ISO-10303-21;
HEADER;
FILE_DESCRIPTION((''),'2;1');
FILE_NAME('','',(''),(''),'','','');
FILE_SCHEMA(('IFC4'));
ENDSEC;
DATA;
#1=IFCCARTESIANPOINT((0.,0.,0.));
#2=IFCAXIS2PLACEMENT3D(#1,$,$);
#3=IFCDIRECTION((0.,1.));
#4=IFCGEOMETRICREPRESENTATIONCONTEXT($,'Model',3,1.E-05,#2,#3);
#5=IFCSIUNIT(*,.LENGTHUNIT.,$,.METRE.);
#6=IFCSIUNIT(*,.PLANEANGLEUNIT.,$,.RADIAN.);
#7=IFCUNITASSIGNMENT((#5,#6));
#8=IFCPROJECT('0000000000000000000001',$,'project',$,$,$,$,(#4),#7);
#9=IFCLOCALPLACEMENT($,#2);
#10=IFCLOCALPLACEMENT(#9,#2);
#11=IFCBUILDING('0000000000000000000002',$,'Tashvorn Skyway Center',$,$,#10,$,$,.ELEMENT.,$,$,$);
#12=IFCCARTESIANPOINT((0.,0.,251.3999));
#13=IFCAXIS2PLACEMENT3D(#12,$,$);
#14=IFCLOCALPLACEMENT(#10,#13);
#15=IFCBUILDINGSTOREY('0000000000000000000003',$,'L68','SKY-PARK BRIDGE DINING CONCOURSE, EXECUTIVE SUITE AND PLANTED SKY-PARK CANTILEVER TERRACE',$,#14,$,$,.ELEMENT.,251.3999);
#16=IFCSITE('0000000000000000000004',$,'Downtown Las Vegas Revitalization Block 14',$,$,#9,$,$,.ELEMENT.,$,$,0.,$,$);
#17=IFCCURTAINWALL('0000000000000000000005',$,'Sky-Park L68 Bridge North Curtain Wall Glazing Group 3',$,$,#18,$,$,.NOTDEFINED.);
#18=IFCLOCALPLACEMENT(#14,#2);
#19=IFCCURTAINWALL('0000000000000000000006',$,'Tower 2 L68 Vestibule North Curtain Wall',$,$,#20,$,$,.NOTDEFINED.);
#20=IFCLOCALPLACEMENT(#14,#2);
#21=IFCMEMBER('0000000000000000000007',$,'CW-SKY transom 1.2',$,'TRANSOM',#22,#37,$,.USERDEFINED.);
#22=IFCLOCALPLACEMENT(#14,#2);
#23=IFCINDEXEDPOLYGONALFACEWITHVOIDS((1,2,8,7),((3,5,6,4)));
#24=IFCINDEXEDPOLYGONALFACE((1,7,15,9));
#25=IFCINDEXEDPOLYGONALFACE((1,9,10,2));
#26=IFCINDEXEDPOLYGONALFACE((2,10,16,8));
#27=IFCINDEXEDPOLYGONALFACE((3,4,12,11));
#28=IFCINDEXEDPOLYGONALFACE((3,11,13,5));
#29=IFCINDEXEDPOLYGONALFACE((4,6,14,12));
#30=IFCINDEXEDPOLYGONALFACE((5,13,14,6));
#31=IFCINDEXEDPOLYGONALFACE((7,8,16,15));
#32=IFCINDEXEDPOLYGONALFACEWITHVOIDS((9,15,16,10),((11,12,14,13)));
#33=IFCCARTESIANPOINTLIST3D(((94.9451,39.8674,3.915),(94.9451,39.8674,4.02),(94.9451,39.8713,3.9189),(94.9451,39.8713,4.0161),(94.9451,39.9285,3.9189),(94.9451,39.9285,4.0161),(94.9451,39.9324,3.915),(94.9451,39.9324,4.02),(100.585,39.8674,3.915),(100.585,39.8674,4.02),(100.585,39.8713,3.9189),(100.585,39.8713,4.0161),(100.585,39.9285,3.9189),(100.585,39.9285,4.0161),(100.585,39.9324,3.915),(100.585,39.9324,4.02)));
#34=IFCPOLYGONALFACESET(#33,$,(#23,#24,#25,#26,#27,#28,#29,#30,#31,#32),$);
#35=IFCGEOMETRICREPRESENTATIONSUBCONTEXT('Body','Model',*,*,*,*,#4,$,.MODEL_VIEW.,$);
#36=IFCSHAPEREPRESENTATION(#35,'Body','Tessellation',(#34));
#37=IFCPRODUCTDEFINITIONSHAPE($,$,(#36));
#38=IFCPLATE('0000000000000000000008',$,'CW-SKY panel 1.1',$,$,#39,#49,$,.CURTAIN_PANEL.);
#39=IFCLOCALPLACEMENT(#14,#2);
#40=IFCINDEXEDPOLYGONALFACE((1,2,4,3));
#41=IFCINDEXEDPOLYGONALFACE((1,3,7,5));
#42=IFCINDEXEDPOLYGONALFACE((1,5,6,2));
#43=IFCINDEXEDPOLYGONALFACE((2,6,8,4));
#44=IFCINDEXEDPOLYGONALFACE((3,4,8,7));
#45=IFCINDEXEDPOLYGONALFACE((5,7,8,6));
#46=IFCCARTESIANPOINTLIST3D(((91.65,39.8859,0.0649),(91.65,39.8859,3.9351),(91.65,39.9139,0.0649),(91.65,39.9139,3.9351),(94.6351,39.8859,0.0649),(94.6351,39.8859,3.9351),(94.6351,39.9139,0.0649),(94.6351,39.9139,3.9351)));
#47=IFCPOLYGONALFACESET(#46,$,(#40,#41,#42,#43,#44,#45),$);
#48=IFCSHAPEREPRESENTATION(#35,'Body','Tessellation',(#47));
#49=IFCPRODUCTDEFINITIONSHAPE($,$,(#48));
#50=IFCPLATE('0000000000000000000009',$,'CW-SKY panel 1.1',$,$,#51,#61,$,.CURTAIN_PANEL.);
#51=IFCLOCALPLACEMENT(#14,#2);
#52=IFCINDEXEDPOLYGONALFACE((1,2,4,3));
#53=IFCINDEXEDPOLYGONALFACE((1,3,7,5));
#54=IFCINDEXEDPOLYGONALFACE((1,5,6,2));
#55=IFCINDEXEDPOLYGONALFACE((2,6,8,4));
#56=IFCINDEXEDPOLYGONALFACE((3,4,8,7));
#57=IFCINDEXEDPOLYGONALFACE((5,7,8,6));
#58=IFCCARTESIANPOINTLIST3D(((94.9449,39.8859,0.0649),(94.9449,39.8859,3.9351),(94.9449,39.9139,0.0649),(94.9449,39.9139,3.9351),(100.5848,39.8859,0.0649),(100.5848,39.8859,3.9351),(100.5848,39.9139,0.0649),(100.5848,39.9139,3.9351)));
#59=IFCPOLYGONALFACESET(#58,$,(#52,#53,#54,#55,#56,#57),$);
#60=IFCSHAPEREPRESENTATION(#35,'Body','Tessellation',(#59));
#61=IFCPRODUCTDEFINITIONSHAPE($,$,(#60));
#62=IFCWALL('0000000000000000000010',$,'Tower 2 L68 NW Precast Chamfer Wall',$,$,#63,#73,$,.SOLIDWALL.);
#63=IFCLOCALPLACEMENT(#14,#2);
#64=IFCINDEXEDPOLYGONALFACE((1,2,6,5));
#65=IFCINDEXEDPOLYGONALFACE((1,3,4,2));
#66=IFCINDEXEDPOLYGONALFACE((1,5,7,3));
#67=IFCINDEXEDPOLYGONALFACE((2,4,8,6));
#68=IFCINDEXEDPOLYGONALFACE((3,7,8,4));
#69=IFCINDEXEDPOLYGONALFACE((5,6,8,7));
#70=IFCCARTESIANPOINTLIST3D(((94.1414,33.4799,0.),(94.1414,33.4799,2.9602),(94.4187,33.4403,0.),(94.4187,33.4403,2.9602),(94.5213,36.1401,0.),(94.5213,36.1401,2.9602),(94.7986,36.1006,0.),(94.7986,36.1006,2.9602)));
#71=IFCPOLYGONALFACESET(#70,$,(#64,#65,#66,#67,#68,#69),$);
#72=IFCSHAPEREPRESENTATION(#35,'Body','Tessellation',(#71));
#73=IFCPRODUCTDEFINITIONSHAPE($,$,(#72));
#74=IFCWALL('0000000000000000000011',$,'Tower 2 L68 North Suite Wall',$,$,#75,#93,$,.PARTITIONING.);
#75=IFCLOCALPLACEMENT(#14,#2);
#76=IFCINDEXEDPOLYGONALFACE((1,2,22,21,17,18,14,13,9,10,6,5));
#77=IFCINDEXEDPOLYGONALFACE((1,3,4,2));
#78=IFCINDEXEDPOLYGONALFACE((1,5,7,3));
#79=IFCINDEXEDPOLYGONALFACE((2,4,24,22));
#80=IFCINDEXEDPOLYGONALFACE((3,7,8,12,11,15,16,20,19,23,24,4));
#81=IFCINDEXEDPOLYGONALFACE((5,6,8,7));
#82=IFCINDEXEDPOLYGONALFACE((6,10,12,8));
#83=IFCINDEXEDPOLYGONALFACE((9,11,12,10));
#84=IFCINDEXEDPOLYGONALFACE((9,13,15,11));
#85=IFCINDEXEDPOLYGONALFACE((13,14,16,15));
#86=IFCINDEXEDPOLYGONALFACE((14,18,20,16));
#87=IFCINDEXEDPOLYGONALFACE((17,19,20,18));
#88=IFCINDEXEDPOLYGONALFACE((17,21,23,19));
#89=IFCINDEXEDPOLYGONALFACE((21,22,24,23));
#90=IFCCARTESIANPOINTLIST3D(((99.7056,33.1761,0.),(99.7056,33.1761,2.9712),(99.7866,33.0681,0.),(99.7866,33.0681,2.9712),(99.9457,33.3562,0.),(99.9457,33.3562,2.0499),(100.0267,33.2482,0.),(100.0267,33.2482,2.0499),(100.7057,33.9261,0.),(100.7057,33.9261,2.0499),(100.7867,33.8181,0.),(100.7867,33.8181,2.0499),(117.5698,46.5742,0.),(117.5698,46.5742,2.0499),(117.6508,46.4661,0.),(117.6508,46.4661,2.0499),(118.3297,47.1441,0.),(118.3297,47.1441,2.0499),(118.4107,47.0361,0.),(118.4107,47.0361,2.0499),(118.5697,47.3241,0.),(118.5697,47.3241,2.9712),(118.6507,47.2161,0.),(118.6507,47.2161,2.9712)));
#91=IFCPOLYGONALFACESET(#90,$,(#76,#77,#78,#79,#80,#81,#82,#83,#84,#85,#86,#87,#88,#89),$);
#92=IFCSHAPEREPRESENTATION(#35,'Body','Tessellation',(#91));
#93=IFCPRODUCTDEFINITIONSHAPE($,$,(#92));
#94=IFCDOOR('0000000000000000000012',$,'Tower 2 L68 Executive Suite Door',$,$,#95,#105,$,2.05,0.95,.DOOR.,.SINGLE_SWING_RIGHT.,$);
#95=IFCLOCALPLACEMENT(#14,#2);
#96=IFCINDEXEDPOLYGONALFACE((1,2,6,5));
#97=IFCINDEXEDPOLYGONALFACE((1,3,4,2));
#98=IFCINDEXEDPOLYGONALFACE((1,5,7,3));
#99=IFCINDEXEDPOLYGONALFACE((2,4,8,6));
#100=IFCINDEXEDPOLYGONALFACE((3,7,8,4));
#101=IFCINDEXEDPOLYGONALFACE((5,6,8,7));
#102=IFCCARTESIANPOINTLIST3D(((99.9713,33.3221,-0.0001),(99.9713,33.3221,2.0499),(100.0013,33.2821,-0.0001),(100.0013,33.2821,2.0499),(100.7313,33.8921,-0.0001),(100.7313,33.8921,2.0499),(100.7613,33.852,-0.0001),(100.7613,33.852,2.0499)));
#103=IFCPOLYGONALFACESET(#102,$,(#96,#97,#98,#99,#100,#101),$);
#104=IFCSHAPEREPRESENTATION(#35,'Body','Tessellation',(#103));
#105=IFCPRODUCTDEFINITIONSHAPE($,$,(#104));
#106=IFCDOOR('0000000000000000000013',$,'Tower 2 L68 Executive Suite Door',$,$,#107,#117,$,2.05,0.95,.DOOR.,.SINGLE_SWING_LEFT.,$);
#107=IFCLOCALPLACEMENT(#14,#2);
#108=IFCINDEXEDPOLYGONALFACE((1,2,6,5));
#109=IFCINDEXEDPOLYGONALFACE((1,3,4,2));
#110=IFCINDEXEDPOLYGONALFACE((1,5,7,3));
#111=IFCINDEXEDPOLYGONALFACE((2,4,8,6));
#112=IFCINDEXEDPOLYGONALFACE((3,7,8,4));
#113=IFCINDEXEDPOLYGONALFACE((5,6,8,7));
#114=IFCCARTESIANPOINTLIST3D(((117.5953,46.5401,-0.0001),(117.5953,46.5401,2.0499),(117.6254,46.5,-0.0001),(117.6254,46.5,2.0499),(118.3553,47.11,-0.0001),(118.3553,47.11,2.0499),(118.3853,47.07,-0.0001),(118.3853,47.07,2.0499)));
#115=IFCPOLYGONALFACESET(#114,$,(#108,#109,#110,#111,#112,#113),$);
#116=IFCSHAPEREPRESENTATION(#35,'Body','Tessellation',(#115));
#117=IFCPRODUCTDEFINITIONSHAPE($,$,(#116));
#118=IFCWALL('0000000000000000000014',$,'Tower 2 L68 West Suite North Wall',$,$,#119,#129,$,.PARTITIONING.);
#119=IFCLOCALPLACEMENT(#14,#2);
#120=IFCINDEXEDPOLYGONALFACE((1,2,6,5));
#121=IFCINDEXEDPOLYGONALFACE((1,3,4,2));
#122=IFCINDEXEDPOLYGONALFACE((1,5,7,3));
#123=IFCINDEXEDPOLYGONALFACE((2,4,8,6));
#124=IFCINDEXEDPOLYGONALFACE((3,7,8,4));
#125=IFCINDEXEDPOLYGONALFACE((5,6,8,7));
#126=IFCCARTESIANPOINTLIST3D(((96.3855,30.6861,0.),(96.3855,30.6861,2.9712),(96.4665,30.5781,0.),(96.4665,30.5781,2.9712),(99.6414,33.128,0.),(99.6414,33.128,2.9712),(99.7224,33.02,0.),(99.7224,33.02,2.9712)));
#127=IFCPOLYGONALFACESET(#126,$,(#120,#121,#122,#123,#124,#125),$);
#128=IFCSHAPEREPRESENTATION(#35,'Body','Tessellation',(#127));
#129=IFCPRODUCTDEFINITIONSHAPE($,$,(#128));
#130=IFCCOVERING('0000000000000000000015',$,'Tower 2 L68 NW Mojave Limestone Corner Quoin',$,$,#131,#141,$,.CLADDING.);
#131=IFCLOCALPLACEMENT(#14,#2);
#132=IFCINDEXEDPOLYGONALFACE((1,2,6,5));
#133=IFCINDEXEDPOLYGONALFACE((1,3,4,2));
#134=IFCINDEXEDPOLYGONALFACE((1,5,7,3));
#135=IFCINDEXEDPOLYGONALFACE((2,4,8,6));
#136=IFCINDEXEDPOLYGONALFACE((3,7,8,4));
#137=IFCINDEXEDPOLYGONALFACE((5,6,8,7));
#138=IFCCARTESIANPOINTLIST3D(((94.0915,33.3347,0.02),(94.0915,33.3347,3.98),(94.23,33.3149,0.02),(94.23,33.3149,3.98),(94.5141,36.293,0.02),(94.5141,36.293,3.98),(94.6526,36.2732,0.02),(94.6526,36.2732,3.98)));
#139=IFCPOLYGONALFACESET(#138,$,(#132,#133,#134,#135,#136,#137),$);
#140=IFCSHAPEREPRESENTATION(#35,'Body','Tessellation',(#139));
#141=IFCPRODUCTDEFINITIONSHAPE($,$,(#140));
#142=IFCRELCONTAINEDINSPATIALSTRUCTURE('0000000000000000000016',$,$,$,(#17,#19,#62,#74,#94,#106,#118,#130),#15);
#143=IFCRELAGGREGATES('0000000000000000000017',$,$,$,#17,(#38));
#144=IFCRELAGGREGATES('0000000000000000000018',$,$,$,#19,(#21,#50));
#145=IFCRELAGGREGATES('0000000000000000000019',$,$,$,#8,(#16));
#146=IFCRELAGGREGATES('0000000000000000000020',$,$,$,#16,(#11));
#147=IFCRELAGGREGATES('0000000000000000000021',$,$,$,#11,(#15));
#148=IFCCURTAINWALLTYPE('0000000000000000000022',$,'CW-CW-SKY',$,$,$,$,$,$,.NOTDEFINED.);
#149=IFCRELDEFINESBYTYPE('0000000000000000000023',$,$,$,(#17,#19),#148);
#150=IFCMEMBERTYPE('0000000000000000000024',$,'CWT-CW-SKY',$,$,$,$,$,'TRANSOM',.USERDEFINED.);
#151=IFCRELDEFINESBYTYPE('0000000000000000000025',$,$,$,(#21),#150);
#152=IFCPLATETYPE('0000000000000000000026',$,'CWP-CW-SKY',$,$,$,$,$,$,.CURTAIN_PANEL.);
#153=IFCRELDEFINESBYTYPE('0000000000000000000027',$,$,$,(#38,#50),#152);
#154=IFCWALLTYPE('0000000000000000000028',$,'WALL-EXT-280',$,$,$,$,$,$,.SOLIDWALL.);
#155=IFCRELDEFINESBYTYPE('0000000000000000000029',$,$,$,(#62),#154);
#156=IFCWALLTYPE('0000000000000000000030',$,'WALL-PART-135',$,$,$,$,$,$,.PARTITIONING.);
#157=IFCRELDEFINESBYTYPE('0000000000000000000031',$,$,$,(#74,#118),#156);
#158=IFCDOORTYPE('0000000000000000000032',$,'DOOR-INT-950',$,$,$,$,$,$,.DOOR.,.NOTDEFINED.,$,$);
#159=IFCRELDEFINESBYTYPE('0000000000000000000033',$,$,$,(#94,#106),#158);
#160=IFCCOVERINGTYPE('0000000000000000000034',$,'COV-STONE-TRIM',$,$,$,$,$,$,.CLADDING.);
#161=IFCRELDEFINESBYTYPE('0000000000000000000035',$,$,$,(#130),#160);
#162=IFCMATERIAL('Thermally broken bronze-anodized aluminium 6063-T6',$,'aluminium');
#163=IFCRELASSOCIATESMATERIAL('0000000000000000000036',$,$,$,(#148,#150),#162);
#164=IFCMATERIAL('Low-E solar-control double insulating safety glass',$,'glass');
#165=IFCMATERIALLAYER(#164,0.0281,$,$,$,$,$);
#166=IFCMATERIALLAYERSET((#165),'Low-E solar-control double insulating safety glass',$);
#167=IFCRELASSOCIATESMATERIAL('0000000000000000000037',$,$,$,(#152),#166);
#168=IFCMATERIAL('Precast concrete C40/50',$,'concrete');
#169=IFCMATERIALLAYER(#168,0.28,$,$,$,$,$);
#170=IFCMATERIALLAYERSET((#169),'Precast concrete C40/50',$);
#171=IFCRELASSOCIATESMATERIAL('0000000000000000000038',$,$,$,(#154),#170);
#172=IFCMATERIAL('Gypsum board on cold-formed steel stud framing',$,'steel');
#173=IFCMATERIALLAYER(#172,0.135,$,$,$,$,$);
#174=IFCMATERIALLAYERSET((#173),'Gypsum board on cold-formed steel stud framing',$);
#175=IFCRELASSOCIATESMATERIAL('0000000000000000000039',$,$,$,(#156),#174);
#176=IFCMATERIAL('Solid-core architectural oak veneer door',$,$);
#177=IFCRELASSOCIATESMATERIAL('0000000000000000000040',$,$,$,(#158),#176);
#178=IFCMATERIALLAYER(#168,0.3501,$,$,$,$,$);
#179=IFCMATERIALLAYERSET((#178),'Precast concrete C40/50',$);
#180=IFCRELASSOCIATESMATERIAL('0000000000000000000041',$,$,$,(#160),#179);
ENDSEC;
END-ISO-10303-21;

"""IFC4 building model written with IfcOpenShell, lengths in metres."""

from ifc_helpers import new_model, si_unit, direction, frame, frame_2d, origin, origin_2d, place, context, subcontext, project, spatial, rectangle, hollow_rectangle, extrude, material, layer, layer_set, material_profile, profile_set, type_object, element, fill, aggregate, save


model = new_model("IFC4")

# Units and contexts
model_context = context("Model", 3, precision=1e-05, world=origin(), true_north=direction((0.0, 1.0)))
body_context = subcontext(model_context, "Body", "Model", "MODEL_VIEW")
ifc_project = project(units=[si_unit("LENGTHUNIT", "METRE"), si_unit("PLANEANGLEUNIT", "RADIAN")], contexts=[model_context])

# Site, building, storey
site_placement = place(None, origin())
site = spatial("IfcSite", under=ifc_project, at=site_placement, Name="Downtown Las Vegas Revitalization Block 14", CompositionType="ELEMENT", RefElevation=0.0)
building_placement = place(site_placement, origin())
building = spatial("IfcBuilding", under=site, at=building_placement, Name="Tashvorn Skyway Center", CompositionType="ELEMENT")
storey_placement = place(building_placement, frame((0.0, 0.0, 251.3999)))
storey = spatial("IfcBuildingStorey", under=building, at=storey_placement, Name="L68", Description="SKY-PARK BRIDGE DINING CONCOURSE, EXECUTIVE SUITE AND PLANTED SKY-PARK CANTILEVER TERRACE", CompositionType="ELEMENT", Elevation=251.3999)

# Curtain walls
ifc_material_1 = material(Name="Thermally broken bronze-anodized aluminium 6063-T6", Category="aluminium")
curtain_wall_type = type_object("IfcCurtainWallType", Name="CW-CW-SKY", PredefinedType="NOTDEFINED", material=ifc_material_1)
curtain_wall_1_placement = place(storey_placement, origin())
curtain_wall_1 = element("IfcCurtainWall", 1, at=curtain_wall_1_placement, inside=storey, type_object=curtain_wall_type, Name="Sky-Park L68 Bridge North Curtain Wall Glazing Group 3", PredefinedType="NOTDEFINED")
curtain_wall_2_placement = place(storey_placement, origin())
curtain_wall_2 = element("IfcCurtainWall", 2, at=curtain_wall_2_placement, inside=storey, type_object=curtain_wall_type, Name="Tower 2 L68 Vestibule North Curtain Wall", PredefinedType="NOTDEFINED")

# Member
ifc_material_profile_1 = material_profile(ifc_material_1, hollow_rectangle(XDim=0.0649, YDim=0.105, WallThickness=0.0039, at=origin_2d()), Name="ALU-TRAN-65x105")
ifc_profile_set_1 = profile_set([ifc_material_profile_1], Name="Thermally broken bronze-anodized aluminium 6063-T6")
member_type_1 = type_object("IfcMemberType", Name="CWT-CW-SKY", ElementType="TRANSOM", PredefinedType="USERDEFINED", material=ifc_profile_set_1)
member_1_placement = place(storey_placement, frame((94.9451, 39.8999, 3.9675), z_axis=(1.0, 0.0, 0.0), x_axis=(0.0, 1.0, 0.0)))
member_1 = element("IfcMember", 3, at=member_1_placement, type_object=member_type_1, Name="CW-SKY transom 1.2", ObjectType="TRANSOM", PredefinedType="USERDEFINED", context=body_context, shape_type="SweptSolid", body=[
    extrude(hollow_rectangle(XDim=0.0649, YDim=0.105, WallThickness=0.0039, at=origin_2d()), origin(), (0.0, 0.0, 1.0), 5.6399),
])

# Plates
ifc_material_2 = material(Name="Low-E solar-control double insulating safety glass", Category="glass")
ifc_layer_1 = layer(ifc_material_2, 0.0281)
ifc_layer_set_1 = layer_set([ifc_layer_1], Name="Low-E solar-control double insulating safety glass")
plate_type = type_object("IfcPlateType", Name="CWP-CW-SKY", PredefinedType="CURTAIN_PANEL", material=ifc_layer_set_1)
plate_1_placement = place(storey_placement, frame((93.1426, 39.8999, 0.0649), z_axis=(0.0, 0.0, 1.0), x_axis=(1.0, 0.0, 0.0)))
plate_1 = element("IfcPlate", 4, at=plate_1_placement, type_object=plate_type, Name="CW-SKY panel 1.1", PredefinedType="CURTAIN_PANEL", context=body_context, shape_type="SweptSolid", body=[
    extrude(rectangle(XDim=2.9851, YDim=0.0281, at=origin_2d()), origin(), (0.0, 0.0, 1.0), 3.8701),
])
aggregate(curtain_wall_1, [plate_1])
plate_2_placement = place(storey_placement, frame((97.7649, 39.8999, 0.0649), z_axis=(0.0, 0.0, 1.0), x_axis=(1.0, 0.0, 0.0)))
plate_2 = element("IfcPlate", 5, at=plate_2_placement, type_object=plate_type, Name="CW-SKY panel 1.1", PredefinedType="CURTAIN_PANEL", context=body_context, shape_type="SweptSolid", body=[
    extrude(rectangle(XDim=5.6399, YDim=0.0281, at=origin_2d()), origin(), (0.0, 0.0, 1.0), 3.8701),
])
aggregate(curtain_wall_2, [member_1, plate_2])

# Wall
ifc_material_3 = material(Name="Precast concrete C40/50", Category="concrete")
ifc_layer_2 = layer(ifc_material_3, 0.28)
ifc_layer_set_2 = layer_set([ifc_layer_2], Name="Precast concrete C40/50")
wall_type_1 = type_object("IfcWallType", Name="WALL-EXT-280", PredefinedType="SOLIDWALL", material=ifc_layer_set_2)
wall_1_placement = place(storey_placement, frame((94.28, 33.46, 0.0), z_axis=(0.0, 0.0, 1.0), x_axis=(0.14137, 0.989957, 0.0)))
element("IfcWall", 6, at=wall_1_placement, inside=storey, type_object=wall_type_1, Name="Tower 2 L68 NW Precast Chamfer Wall", PredefinedType="SOLIDWALL", context=body_context, shape_type="SweptSolid", body=[
    extrude(rectangle(XDim=2.6873, YDim=0.28, at=frame_2d((1.3438, 0.0))), origin(), (0.0, 0.0, 1.0), 2.9602),
])

# Wall, openings, doors
ifc_material_4 = material(Name="Gypsum board on cold-formed steel stud framing", Category="steel")
ifc_layer_3 = layer(ifc_material_4, 0.135)
ifc_layer_set_3 = layer_set([ifc_layer_3], Name="Gypsum board on cold-formed steel stud framing")
wall_type_2 = type_object("IfcWallType", Name="WALL-PART-135", PredefinedType="PARTITIONING", material=ifc_layer_set_3)
wall_2_placement = place(storey_placement, frame((99.7461, 33.1221, 0.0), z_axis=(0.0, 0.0, 1.0), x_axis=(0.800001, 0.599998, 0.0)))
wall_2 = element("IfcWall", 7, at=wall_2_placement, inside=storey, type_object=wall_type_2, Name="Tower 2 L68 North Suite Wall", PredefinedType="PARTITIONING", context=body_context, shape_type="SweptSolid", body=[
    extrude(rectangle(XDim=23.5801, YDim=0.135, at=frame_2d((11.79, 0.0))), origin(), (0.0, 0.0, 1.0), 2.9712),
])
opening_1_placement = place(wall_2_placement, frame((0.3, 0.0, 0.0)))
opening_1 = element("IfcOpeningElement", 8, at=opening_1_placement, cuts=wall_2, PredefinedType="OPENING", context=body_context, shape_type="SweptSolid", body=[
    extrude(rectangle(XDim=0.95, YDim=2.05, at=frame_2d((0.4751, 1.0249))), frame((0.0, 0.0774, 0.0), z_axis=(0.0, -1.0, 0.0), x_axis=(1.0, 0.0, 0.0)), (0.0, 0.0, 1.0), 0.155),
])
opening_2_placement = place(wall_2_placement, frame((22.3301, 0.0, 0.0)))
opening_2 = element("IfcOpeningElement", 9, at=opening_2_placement, cuts=wall_2, PredefinedType="OPENING", context=body_context, shape_type="SweptSolid", body=[
    extrude(rectangle(XDim=0.95, YDim=2.05, at=frame_2d((0.4751, 1.0249))), frame((0.0, 0.0774, 0.0), z_axis=(0.0, -1.0, 0.0), x_axis=(1.0, 0.0, 0.0)), (0.0, 0.0, 1.0), 0.155),
])
ifc_material_5 = material(Name="Solid-core architectural oak veneer door")
door_type = type_object("IfcDoorType", Name="DOOR-INT-950", OperationType="NOTDEFINED", PredefinedType="DOOR", material=ifc_material_5)
door_1_placement = place(opening_1_placement, origin())
door_1 = element("IfcDoor", 10, at=door_1_placement, inside=storey, type_object=door_type, Name="Tower 2 L68 Executive Suite Door", OperationType="SINGLE_SWING_RIGHT", OverallHeight=2.05, OverallWidth=0.95, PredefinedType="DOOR", context=body_context, shape_type="SweptSolid", body=[
    extrude(rectangle(XDim=0.95, YDim=2.05, at=frame_2d((0.4751, 1.0249))), frame((0.0, 0.0249, 0.0), z_axis=(0.0, -1.0, 0.0), x_axis=(1.0, 0.0, 0.0)), (0.0, 0.0, 1.0), 0.05),
])
fill(opening_1, door_1)
door_2_placement = place(opening_2_placement, origin())
door_2 = element("IfcDoor", 11, at=door_2_placement, inside=storey, type_object=door_type, Name="Tower 2 L68 Executive Suite Door", OperationType="SINGLE_SWING_LEFT", OverallHeight=2.05, OverallWidth=0.95, PredefinedType="DOOR", context=body_context, shape_type="SweptSolid", body=[
    extrude(rectangle(XDim=0.95, YDim=2.05, at=frame_2d((0.4751, 1.0249))), frame((0.0, 0.0249, 0.0), z_axis=(0.0, -1.0, 0.0), x_axis=(1.0, 0.0, 0.0)), (0.0, 0.0, 1.0), 0.05),
])
fill(opening_2, door_2)

# Wall
wall_3_placement = place(storey_placement, frame((99.6819, 33.074, 0.0), z_axis=(0.0, 0.0, 1.0), x_axis=(-0.8, -0.6, 0.0)))
element("IfcWall", 12, at=wall_3_placement, inside=storey, type_object=wall_type_2, Name="Tower 2 L68 West Suite North Wall", PredefinedType="PARTITIONING", context=body_context, shape_type="SweptSolid", body=[
    extrude(rectangle(XDim=4.0698, YDim=0.135, at=frame_2d((2.0349, 0.0))), origin(), (0.0, 0.0, 1.0), 2.9712),
])

# Covering
ifc_layer_4 = layer(ifc_material_3, 0.3501)
ifc_layer_set_4 = layer_set([ifc_layer_4], Name="Precast concrete C40/50")
covering_type = type_object("IfcCoveringType", Name="COV-STONE-TRIM", PredefinedType="CLADDING", material=ifc_layer_set_4)
covering_placement = place(storey_placement, frame((94.3721, 34.804, 0.02), z_axis=(0.0, 0.0, 1.0), x_axis=(-0.141421, -0.989949, 0.0)))
element("IfcCovering", 13, at=covering_placement, inside=storey, type_object=covering_type, Name="Tower 2 L68 NW Mojave Limestone Corner Quoin", PredefinedType="CLADDING", context=body_context, shape_type="SweptSolid", body=[
    extrude(rectangle(XDim=2.9883, YDim=0.1399, at=origin_2d()), origin(), (0.0, 0.0, 1.0), 3.96),
])

save(model, "model.ifc")
